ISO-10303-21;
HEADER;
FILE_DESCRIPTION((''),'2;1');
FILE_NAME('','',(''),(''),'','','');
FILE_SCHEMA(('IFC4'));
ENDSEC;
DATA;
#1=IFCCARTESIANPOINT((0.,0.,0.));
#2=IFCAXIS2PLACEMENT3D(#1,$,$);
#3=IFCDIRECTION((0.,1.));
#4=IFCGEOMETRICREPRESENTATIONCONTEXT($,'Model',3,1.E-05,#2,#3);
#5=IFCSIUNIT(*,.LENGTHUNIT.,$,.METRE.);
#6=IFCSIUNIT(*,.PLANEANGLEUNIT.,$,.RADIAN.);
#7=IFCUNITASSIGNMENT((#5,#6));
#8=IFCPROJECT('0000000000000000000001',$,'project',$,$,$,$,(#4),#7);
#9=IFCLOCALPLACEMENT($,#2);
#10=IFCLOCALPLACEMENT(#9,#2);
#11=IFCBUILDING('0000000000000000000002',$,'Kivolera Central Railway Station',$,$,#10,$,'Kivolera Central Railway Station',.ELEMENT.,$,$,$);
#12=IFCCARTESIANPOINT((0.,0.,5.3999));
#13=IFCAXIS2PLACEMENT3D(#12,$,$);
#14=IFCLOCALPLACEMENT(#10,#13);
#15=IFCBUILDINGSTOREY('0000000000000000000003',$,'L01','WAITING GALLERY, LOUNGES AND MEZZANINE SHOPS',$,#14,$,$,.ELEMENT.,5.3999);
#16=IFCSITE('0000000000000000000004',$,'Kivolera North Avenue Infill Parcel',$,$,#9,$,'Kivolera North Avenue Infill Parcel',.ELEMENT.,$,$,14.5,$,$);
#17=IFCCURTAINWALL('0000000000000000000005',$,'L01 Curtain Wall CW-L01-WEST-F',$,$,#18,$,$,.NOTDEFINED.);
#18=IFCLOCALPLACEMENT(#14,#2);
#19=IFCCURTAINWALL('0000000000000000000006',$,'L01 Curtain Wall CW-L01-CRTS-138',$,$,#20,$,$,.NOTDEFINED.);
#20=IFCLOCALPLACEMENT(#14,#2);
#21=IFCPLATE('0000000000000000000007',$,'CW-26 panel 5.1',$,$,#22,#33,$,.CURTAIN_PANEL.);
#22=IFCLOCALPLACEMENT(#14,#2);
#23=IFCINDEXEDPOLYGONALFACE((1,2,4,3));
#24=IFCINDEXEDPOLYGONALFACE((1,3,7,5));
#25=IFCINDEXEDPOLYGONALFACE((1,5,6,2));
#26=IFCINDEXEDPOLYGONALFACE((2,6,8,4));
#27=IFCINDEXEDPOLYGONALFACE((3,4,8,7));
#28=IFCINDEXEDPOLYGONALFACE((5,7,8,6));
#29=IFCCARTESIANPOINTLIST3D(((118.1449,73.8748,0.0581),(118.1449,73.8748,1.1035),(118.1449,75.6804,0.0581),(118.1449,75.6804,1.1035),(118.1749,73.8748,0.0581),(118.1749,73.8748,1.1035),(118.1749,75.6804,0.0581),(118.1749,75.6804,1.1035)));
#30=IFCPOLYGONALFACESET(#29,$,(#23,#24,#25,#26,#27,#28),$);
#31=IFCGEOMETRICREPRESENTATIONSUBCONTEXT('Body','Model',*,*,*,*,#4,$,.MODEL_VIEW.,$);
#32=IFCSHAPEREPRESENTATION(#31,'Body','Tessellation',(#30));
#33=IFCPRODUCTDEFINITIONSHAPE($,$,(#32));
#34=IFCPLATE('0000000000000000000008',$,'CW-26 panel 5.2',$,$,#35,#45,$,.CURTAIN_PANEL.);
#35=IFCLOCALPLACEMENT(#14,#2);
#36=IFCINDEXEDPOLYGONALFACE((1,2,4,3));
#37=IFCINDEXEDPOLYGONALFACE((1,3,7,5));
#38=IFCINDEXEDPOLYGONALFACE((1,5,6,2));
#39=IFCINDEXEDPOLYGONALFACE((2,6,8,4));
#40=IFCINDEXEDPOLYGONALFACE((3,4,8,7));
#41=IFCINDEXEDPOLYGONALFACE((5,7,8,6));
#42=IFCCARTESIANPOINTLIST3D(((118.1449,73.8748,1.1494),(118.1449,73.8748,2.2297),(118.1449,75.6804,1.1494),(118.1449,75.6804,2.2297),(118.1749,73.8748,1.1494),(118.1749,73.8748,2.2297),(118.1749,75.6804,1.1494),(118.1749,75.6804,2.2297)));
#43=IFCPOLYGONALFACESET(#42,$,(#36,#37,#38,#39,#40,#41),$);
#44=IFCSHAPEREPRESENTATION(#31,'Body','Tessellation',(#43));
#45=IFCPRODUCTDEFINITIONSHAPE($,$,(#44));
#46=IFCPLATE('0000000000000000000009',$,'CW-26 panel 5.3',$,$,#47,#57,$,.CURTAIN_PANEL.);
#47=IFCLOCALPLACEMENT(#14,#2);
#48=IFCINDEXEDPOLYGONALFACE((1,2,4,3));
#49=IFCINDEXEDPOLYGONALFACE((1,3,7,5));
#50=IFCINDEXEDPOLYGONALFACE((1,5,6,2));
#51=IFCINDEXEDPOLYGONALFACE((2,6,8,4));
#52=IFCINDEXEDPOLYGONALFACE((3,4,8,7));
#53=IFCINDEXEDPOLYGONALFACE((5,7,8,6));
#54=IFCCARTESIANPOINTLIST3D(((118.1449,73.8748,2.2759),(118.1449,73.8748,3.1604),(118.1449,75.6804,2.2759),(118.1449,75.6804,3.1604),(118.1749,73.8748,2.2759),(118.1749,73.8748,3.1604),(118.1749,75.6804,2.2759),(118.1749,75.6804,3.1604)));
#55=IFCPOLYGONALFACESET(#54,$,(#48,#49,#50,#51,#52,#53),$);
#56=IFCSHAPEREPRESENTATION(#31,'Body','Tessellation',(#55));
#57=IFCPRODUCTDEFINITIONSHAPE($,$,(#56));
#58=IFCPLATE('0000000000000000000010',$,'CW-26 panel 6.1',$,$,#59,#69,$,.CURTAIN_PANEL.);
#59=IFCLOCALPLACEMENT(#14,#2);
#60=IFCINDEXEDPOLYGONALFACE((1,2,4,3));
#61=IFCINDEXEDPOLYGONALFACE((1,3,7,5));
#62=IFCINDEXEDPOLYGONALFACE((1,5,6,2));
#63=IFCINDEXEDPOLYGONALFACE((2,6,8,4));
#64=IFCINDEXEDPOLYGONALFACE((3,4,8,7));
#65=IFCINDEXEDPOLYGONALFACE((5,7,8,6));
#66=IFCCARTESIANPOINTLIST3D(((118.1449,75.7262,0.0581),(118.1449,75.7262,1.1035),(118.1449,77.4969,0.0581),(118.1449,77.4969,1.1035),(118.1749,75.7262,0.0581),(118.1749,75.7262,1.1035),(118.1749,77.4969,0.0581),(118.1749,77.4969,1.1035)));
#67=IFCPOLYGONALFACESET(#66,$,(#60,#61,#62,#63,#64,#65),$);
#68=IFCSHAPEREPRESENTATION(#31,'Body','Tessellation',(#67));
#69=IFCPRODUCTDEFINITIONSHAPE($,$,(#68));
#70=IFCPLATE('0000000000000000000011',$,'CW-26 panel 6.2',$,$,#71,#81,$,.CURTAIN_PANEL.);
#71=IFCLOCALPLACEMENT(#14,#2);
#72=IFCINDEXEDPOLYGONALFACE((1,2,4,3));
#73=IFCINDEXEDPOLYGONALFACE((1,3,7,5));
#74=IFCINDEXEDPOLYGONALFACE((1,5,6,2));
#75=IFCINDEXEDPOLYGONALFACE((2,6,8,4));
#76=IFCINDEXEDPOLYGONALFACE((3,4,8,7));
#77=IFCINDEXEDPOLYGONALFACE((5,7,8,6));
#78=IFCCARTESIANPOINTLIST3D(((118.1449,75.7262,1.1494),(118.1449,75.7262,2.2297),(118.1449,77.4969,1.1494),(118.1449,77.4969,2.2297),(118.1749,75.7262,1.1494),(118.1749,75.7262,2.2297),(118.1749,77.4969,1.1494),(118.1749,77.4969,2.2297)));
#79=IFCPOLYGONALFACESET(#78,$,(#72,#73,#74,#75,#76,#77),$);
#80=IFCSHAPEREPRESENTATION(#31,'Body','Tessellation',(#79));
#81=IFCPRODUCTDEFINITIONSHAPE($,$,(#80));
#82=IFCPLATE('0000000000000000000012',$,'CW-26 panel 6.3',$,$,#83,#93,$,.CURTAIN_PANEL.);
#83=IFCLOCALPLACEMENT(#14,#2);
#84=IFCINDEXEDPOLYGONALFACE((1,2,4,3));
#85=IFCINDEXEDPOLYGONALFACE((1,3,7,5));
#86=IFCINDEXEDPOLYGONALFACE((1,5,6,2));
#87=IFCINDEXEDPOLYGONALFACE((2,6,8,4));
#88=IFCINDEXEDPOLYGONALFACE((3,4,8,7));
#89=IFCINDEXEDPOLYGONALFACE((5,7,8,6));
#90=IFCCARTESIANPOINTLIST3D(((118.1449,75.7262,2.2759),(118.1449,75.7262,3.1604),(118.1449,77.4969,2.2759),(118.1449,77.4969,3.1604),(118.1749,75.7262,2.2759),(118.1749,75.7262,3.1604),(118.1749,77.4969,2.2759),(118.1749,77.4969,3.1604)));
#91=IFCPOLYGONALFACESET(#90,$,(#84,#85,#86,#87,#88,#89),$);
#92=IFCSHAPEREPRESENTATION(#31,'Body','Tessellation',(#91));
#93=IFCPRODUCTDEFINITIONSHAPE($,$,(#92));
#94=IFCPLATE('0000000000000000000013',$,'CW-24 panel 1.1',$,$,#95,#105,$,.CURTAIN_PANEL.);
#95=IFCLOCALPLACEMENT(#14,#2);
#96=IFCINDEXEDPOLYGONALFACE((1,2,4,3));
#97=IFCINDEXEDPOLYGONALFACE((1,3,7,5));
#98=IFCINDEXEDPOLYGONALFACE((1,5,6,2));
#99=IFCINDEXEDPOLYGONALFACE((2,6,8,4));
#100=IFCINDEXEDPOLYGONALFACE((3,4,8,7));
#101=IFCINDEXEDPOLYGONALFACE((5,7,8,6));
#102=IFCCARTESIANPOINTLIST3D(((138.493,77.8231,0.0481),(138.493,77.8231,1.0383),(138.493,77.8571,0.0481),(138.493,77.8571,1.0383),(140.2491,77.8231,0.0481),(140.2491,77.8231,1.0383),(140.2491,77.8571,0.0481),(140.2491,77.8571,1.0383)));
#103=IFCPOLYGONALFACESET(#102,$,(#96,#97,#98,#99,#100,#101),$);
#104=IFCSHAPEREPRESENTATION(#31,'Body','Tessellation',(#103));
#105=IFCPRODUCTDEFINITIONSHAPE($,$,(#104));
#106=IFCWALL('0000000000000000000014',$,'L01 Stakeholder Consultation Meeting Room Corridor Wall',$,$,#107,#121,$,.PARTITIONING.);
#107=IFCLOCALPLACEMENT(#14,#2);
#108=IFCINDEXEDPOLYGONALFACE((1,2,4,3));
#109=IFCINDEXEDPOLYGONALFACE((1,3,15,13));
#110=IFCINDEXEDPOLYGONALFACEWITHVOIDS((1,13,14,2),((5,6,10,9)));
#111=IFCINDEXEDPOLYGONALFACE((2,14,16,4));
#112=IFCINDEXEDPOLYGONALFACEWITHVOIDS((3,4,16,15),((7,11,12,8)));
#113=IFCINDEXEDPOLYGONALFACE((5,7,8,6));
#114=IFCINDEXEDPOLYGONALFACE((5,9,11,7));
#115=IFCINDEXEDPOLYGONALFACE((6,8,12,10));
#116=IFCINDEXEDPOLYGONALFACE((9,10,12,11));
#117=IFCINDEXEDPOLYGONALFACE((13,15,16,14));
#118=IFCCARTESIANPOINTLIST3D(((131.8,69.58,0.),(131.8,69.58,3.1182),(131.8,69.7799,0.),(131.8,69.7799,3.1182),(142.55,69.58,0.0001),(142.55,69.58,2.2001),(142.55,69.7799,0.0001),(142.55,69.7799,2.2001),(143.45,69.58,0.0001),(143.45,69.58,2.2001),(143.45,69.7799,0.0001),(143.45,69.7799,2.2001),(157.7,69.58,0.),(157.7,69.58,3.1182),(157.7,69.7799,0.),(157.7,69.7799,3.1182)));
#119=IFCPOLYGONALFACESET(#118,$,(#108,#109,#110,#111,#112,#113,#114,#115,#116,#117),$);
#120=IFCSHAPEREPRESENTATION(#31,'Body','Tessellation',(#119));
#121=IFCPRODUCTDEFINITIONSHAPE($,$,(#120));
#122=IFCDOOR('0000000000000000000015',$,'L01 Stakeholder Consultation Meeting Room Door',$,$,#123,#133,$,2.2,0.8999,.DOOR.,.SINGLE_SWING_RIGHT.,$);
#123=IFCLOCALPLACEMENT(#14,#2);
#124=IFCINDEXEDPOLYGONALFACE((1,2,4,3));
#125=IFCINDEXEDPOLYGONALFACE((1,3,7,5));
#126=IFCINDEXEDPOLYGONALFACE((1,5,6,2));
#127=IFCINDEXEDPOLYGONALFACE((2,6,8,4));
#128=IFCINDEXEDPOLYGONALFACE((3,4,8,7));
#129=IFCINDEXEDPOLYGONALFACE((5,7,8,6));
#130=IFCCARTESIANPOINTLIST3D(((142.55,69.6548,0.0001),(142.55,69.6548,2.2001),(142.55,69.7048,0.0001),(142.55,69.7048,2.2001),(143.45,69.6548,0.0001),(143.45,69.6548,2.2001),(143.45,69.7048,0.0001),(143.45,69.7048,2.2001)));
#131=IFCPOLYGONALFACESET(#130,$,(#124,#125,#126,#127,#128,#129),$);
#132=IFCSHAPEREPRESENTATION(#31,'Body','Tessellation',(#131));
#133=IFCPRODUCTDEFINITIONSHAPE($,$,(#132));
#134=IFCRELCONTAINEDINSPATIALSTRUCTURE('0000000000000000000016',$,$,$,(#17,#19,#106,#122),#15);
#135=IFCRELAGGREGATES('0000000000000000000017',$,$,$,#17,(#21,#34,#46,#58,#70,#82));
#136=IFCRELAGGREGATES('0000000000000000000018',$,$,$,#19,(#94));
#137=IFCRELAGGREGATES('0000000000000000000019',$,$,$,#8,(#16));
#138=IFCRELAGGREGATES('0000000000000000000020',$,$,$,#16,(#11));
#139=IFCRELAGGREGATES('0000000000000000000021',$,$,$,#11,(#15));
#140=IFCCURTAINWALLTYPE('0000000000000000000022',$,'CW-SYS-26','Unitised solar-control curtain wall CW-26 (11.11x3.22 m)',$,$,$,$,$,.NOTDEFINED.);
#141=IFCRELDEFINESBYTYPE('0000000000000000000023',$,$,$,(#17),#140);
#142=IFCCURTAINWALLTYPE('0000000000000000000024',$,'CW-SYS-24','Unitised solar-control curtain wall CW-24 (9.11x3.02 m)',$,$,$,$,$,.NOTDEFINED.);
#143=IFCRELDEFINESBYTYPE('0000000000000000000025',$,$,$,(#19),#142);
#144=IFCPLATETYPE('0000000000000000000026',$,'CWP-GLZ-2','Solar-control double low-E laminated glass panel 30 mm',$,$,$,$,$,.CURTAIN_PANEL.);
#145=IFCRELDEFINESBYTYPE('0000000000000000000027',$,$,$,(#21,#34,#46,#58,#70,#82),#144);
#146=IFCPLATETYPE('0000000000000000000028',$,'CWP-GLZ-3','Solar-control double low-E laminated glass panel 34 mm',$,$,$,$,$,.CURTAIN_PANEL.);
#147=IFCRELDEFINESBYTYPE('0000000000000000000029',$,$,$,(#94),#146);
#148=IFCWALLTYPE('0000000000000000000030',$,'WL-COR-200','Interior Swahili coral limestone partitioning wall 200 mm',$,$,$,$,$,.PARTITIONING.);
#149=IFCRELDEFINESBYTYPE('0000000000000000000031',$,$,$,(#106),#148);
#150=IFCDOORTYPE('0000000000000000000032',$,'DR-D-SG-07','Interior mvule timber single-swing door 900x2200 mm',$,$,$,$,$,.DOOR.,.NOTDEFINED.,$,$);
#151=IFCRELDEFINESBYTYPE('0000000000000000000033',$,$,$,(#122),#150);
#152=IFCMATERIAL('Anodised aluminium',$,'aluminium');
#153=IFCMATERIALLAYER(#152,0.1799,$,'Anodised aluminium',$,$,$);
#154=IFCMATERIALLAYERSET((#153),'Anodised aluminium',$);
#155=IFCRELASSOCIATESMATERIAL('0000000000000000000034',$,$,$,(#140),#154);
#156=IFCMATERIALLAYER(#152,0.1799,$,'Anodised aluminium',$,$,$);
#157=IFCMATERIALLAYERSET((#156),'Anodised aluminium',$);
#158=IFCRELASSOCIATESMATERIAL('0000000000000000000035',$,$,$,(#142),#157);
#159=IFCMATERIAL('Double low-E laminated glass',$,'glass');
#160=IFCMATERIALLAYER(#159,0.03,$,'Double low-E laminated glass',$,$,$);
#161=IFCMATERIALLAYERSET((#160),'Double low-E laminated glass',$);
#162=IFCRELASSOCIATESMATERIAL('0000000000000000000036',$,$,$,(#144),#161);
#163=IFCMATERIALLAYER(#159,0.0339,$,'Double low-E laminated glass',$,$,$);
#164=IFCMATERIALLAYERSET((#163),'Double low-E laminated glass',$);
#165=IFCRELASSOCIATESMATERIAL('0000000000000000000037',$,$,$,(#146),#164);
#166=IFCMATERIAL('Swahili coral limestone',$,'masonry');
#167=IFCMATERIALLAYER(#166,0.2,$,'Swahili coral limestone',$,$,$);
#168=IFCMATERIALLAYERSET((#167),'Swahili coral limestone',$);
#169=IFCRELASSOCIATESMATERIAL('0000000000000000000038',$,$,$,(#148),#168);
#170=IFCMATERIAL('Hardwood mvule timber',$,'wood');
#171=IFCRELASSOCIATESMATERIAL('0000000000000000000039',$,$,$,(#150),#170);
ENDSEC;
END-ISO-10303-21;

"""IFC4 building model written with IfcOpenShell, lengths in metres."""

from ifc_helpers import new_model, si_unit, direction, frame, frame_2d, origin, origin_2d, place, context, subcontext, project, spatial, rectangle, extrude, material, layer, layer_set, type_object, element, fill, aggregate, save


model = new_model("IFC4")

# Units and contexts
model_context = context("Model", 3, precision=1e-05, world=origin(), true_north=direction((0.0, 1.0)))
body_context = subcontext(model_context, "Body", "Model", "MODEL_VIEW")
ifc_project = project(units=[si_unit("LENGTHUNIT", "METRE"), si_unit("PLANEANGLEUNIT", "RADIAN")], contexts=[model_context])

# Site, building, storey
site_placement = place(None, origin())
site = spatial("IfcSite", under=ifc_project, at=site_placement, Name="Kivolera North Avenue Infill Parcel", LongName="Kivolera North Avenue Infill Parcel", CompositionType="ELEMENT", RefElevation=14.5)
building_placement = place(site_placement, origin())
building = spatial("IfcBuilding", under=site, at=building_placement, Name="Kivolera Central Railway Station", LongName="Kivolera Central Railway Station", CompositionType="ELEMENT")
storey_placement = place(building_placement, frame((0.0, 0.0, 5.3999)))
storey = spatial("IfcBuildingStorey", under=building, at=storey_placement, Name="L01", Description="WAITING GALLERY, LOUNGES AND MEZZANINE SHOPS", CompositionType="ELEMENT", Elevation=5.3999)

# Curtain wall
ifc_material_1 = material(Name="Anodised aluminium", Category="aluminium")
ifc_layer_1 = layer(ifc_material_1, 0.1799, Name="Anodised aluminium")
ifc_layer_set_1 = layer_set([ifc_layer_1], Name="Anodised aluminium")
curtain_wall_type_1 = type_object("IfcCurtainWallType", Name="CW-SYS-26", Description="Unitised solar-control curtain wall CW-26 (11.11x3.22 m)", PredefinedType="NOTDEFINED", material=ifc_layer_set_1)
curtain_wall_1_placement = place(storey_placement, origin())
curtain_wall_1 = element("IfcCurtainWall", 1, at=curtain_wall_1_placement, inside=storey, type_object=curtain_wall_type_1, Name="L01 Curtain Wall CW-L01-WEST-F", PredefinedType="NOTDEFINED")

# Curtain wall
ifc_layer_2 = layer(ifc_material_1, 0.1799, Name="Anodised aluminium")
ifc_layer_set_2 = layer_set([ifc_layer_2], Name="Anodised aluminium")
curtain_wall_type_2 = type_object("IfcCurtainWallType", Name="CW-SYS-24", Description="Unitised solar-control curtain wall CW-24 (9.11x3.02 m)", PredefinedType="NOTDEFINED", material=ifc_layer_set_2)
curtain_wall_2_placement = place(storey_placement, origin())
curtain_wall_2 = element("IfcCurtainWall", 2, at=curtain_wall_2_placement, inside=storey, type_object=curtain_wall_type_2, Name="L01 Curtain Wall CW-L01-CRTS-138", PredefinedType="NOTDEFINED")

# Plates
ifc_material_2 = material(Name="Double low-E laminated glass", Category="glass")
ifc_layer_3 = layer(ifc_material_2, 0.03, Name="Double low-E laminated glass")
ifc_layer_set_3 = layer_set([ifc_layer_3], Name="Double low-E laminated glass")
plate_type_1 = type_object("IfcPlateType", Name="CWP-GLZ-2", Description="Solar-control double low-E laminated glass panel 30 mm", PredefinedType="CURTAIN_PANEL", material=ifc_layer_set_3)
plate_1_placement = place(storey_placement, frame((118.1599, 74.7776, 0.0581), z_axis=(0.0, 0.0, 1.0), x_axis=(0.0, 1.0, 0.0)))
plate_1 = element("IfcPlate", 3, at=plate_1_placement, type_object=plate_type_1, Name="CW-26 panel 5.1", PredefinedType="CURTAIN_PANEL", context=body_context, shape_type="SweptSolid", body=[
    extrude(rectangle(XDim=1.8057, YDim=0.03, at=origin_2d()), origin(), (0.0, 0.0, 1.0), 1.0454),
])
plate_2_placement = place(storey_placement, frame((118.1599, 74.7776, 1.1494), z_axis=(0.0, 0.0, 1.0), x_axis=(0.0, 1.0, 0.0)))
plate_2 = element("IfcPlate", 4, at=plate_2_placement, type_object=plate_type_1, Name="CW-26 panel 5.2", PredefinedType="CURTAIN_PANEL", context=body_context, shape_type="SweptSolid", body=[
    extrude(rectangle(XDim=1.8057, YDim=0.03, at=origin_2d()), origin(), (0.0, 0.0, 1.0), 1.0803),
])
plate_3_placement = place(storey_placement, frame((118.1599, 74.7776, 2.2759), z_axis=(0.0, 0.0, 1.0), x_axis=(0.0, 1.0, 0.0)))
plate_3 = element("IfcPlate", 5, at=plate_3_placement, type_object=plate_type_1, Name="CW-26 panel 5.3", PredefinedType="CURTAIN_PANEL", context=body_context, shape_type="SweptSolid", body=[
    extrude(rectangle(XDim=1.8057, YDim=0.03, at=origin_2d()), origin(), (0.0, 0.0, 1.0), 0.8845),
])
plate_4_placement = place(storey_placement, frame((118.1599, 76.6116, 0.0581), z_axis=(0.0, 0.0, 1.0), x_axis=(0.0, 1.0, 0.0)))
plate_4 = element("IfcPlate", 6, at=plate_4_placement, type_object=plate_type_1, Name="CW-26 panel 6.1", PredefinedType="CURTAIN_PANEL", context=body_context, shape_type="SweptSolid", body=[
    extrude(rectangle(XDim=1.7708, YDim=0.03, at=origin_2d()), origin(), (0.0, 0.0, 1.0), 1.0454),
])
plate_5_placement = place(storey_placement, frame((118.1599, 76.6116, 1.1494), z_axis=(0.0, 0.0, 1.0), x_axis=(0.0, 1.0, 0.0)))
plate_5 = element("IfcPlate", 7, at=plate_5_placement, type_object=plate_type_1, Name="CW-26 panel 6.2", PredefinedType="CURTAIN_PANEL", context=body_context, shape_type="SweptSolid", body=[
    extrude(rectangle(XDim=1.7708, YDim=0.03, at=origin_2d()), origin(), (0.0, 0.0, 1.0), 1.0803),
])
plate_6_placement = place(storey_placement, frame((118.1599, 76.6116, 2.2759), z_axis=(0.0, 0.0, 1.0), x_axis=(0.0, 1.0, 0.0)))
plate_6 = element("IfcPlate", 8, at=plate_6_placement, type_object=plate_type_1, Name="CW-26 panel 6.3", PredefinedType="CURTAIN_PANEL", context=body_context, shape_type="SweptSolid", body=[
    extrude(rectangle(XDim=1.7708, YDim=0.03, at=origin_2d()), origin(), (0.0, 0.0, 1.0), 0.8845),
])
aggregate(curtain_wall_1, [plate_1, plate_2, plate_3, plate_4, plate_5, plate_6])
ifc_layer_4 = layer(ifc_material_2, 0.0339, Name="Double low-E laminated glass")
ifc_layer_set_4 = layer_set([ifc_layer_4], Name="Double low-E laminated glass")
plate_type_2 = type_object("IfcPlateType", Name="CWP-GLZ-3", Description="Solar-control double low-E laminated glass panel 34 mm", PredefinedType="CURTAIN_PANEL", material=ifc_layer_set_4)
plate_7_placement = place(storey_placement, frame((139.3711, 77.8401, 0.0481), z_axis=(0.0, 0.0, 1.0), x_axis=(1.0, 0.0, 0.0)))
plate_7 = element("IfcPlate", 9, at=plate_7_placement, type_object=plate_type_2, Name="CW-24 panel 1.1", PredefinedType="CURTAIN_PANEL", context=body_context, shape_type="SweptSolid", body=[
    extrude(rectangle(XDim=1.7561, YDim=0.0339, at=origin_2d()), origin(), (0.0, 0.0, 1.0), 0.9902),
])
aggregate(curtain_wall_2, [plate_7])

# Wall, opening, door
ifc_material_3 = material(Name="Swahili coral limestone", Category="masonry")
ifc_layer_5 = layer(ifc_material_3, 0.2, Name="Swahili coral limestone")
ifc_layer_set_5 = layer_set([ifc_layer_5], Name="Swahili coral limestone")
wall_type = type_object("IfcWallType", Name="WL-COR-200", Description="Interior Swahili coral limestone partitioning wall 200 mm", PredefinedType="PARTITIONING", material=ifc_layer_set_5)
wall_placement = place(storey_placement, frame((131.8, 69.6799, 0.0), z_axis=(0.0, 0.0, 1.0), x_axis=(1.0, 0.0, 0.0)))
wall = element("IfcWall", 10, at=wall_placement, inside=storey, type_object=wall_type, Name="L01 Stakeholder Consultation Meeting Room Corridor Wall", PredefinedType="PARTITIONING", context=body_context, shape_type="SweptSolid", body=[
    extrude(rectangle(XDim=25.8999, YDim=0.2, at=frame_2d((12.95, 0.0))), origin(), (0.0, 0.0, 1.0), 3.1182),
])
opening_placement = place(wall_placement, frame((10.75, 0.0, 0.0)))
opening = element("IfcOpeningElement", 11, at=opening_placement, cuts=wall, PredefinedType="OPENING", context=body_context, shape_type="SweptSolid", body=[
    extrude(rectangle(XDim=0.8999, YDim=2.2, at=frame_2d((0.45, 1.1001))), frame((0.0, 0.1099, 0.0), z_axis=(0.0, -1.0, 0.0), x_axis=(1.0, 0.0, 0.0)), (0.0, 0.0, 1.0), 0.22),
])
ifc_material_4 = material(Name="Hardwood mvule timber", Category="wood")
door_type = type_object("IfcDoorType", Name="DR-D-SG-07", Description="Interior mvule timber single-swing door 900x2200 mm", OperationType="NOTDEFINED", PredefinedType="DOOR", material=ifc_material_4)
door_placement = place(opening_placement, origin())
door = element("IfcDoor", 12, at=door_placement, inside=storey, type_object=door_type, Name="L01 Stakeholder Consultation Meeting Room Door", OperationType="SINGLE_SWING_RIGHT", OverallHeight=2.2, OverallWidth=0.8999, PredefinedType="DOOR", context=body_context, shape_type="SweptSolid", body=[
    extrude(rectangle(XDim=0.8999, YDim=2.2, at=frame_2d((0.45, 1.1001))), frame((0.0, 0.0249, 0.0), z_axis=(0.0, -1.0, 0.0), x_axis=(1.0, 0.0, 0.0)), (0.0, 0.0, 1.0), 0.05),
])
fill(opening, door)

save(model, "model.ifc")
